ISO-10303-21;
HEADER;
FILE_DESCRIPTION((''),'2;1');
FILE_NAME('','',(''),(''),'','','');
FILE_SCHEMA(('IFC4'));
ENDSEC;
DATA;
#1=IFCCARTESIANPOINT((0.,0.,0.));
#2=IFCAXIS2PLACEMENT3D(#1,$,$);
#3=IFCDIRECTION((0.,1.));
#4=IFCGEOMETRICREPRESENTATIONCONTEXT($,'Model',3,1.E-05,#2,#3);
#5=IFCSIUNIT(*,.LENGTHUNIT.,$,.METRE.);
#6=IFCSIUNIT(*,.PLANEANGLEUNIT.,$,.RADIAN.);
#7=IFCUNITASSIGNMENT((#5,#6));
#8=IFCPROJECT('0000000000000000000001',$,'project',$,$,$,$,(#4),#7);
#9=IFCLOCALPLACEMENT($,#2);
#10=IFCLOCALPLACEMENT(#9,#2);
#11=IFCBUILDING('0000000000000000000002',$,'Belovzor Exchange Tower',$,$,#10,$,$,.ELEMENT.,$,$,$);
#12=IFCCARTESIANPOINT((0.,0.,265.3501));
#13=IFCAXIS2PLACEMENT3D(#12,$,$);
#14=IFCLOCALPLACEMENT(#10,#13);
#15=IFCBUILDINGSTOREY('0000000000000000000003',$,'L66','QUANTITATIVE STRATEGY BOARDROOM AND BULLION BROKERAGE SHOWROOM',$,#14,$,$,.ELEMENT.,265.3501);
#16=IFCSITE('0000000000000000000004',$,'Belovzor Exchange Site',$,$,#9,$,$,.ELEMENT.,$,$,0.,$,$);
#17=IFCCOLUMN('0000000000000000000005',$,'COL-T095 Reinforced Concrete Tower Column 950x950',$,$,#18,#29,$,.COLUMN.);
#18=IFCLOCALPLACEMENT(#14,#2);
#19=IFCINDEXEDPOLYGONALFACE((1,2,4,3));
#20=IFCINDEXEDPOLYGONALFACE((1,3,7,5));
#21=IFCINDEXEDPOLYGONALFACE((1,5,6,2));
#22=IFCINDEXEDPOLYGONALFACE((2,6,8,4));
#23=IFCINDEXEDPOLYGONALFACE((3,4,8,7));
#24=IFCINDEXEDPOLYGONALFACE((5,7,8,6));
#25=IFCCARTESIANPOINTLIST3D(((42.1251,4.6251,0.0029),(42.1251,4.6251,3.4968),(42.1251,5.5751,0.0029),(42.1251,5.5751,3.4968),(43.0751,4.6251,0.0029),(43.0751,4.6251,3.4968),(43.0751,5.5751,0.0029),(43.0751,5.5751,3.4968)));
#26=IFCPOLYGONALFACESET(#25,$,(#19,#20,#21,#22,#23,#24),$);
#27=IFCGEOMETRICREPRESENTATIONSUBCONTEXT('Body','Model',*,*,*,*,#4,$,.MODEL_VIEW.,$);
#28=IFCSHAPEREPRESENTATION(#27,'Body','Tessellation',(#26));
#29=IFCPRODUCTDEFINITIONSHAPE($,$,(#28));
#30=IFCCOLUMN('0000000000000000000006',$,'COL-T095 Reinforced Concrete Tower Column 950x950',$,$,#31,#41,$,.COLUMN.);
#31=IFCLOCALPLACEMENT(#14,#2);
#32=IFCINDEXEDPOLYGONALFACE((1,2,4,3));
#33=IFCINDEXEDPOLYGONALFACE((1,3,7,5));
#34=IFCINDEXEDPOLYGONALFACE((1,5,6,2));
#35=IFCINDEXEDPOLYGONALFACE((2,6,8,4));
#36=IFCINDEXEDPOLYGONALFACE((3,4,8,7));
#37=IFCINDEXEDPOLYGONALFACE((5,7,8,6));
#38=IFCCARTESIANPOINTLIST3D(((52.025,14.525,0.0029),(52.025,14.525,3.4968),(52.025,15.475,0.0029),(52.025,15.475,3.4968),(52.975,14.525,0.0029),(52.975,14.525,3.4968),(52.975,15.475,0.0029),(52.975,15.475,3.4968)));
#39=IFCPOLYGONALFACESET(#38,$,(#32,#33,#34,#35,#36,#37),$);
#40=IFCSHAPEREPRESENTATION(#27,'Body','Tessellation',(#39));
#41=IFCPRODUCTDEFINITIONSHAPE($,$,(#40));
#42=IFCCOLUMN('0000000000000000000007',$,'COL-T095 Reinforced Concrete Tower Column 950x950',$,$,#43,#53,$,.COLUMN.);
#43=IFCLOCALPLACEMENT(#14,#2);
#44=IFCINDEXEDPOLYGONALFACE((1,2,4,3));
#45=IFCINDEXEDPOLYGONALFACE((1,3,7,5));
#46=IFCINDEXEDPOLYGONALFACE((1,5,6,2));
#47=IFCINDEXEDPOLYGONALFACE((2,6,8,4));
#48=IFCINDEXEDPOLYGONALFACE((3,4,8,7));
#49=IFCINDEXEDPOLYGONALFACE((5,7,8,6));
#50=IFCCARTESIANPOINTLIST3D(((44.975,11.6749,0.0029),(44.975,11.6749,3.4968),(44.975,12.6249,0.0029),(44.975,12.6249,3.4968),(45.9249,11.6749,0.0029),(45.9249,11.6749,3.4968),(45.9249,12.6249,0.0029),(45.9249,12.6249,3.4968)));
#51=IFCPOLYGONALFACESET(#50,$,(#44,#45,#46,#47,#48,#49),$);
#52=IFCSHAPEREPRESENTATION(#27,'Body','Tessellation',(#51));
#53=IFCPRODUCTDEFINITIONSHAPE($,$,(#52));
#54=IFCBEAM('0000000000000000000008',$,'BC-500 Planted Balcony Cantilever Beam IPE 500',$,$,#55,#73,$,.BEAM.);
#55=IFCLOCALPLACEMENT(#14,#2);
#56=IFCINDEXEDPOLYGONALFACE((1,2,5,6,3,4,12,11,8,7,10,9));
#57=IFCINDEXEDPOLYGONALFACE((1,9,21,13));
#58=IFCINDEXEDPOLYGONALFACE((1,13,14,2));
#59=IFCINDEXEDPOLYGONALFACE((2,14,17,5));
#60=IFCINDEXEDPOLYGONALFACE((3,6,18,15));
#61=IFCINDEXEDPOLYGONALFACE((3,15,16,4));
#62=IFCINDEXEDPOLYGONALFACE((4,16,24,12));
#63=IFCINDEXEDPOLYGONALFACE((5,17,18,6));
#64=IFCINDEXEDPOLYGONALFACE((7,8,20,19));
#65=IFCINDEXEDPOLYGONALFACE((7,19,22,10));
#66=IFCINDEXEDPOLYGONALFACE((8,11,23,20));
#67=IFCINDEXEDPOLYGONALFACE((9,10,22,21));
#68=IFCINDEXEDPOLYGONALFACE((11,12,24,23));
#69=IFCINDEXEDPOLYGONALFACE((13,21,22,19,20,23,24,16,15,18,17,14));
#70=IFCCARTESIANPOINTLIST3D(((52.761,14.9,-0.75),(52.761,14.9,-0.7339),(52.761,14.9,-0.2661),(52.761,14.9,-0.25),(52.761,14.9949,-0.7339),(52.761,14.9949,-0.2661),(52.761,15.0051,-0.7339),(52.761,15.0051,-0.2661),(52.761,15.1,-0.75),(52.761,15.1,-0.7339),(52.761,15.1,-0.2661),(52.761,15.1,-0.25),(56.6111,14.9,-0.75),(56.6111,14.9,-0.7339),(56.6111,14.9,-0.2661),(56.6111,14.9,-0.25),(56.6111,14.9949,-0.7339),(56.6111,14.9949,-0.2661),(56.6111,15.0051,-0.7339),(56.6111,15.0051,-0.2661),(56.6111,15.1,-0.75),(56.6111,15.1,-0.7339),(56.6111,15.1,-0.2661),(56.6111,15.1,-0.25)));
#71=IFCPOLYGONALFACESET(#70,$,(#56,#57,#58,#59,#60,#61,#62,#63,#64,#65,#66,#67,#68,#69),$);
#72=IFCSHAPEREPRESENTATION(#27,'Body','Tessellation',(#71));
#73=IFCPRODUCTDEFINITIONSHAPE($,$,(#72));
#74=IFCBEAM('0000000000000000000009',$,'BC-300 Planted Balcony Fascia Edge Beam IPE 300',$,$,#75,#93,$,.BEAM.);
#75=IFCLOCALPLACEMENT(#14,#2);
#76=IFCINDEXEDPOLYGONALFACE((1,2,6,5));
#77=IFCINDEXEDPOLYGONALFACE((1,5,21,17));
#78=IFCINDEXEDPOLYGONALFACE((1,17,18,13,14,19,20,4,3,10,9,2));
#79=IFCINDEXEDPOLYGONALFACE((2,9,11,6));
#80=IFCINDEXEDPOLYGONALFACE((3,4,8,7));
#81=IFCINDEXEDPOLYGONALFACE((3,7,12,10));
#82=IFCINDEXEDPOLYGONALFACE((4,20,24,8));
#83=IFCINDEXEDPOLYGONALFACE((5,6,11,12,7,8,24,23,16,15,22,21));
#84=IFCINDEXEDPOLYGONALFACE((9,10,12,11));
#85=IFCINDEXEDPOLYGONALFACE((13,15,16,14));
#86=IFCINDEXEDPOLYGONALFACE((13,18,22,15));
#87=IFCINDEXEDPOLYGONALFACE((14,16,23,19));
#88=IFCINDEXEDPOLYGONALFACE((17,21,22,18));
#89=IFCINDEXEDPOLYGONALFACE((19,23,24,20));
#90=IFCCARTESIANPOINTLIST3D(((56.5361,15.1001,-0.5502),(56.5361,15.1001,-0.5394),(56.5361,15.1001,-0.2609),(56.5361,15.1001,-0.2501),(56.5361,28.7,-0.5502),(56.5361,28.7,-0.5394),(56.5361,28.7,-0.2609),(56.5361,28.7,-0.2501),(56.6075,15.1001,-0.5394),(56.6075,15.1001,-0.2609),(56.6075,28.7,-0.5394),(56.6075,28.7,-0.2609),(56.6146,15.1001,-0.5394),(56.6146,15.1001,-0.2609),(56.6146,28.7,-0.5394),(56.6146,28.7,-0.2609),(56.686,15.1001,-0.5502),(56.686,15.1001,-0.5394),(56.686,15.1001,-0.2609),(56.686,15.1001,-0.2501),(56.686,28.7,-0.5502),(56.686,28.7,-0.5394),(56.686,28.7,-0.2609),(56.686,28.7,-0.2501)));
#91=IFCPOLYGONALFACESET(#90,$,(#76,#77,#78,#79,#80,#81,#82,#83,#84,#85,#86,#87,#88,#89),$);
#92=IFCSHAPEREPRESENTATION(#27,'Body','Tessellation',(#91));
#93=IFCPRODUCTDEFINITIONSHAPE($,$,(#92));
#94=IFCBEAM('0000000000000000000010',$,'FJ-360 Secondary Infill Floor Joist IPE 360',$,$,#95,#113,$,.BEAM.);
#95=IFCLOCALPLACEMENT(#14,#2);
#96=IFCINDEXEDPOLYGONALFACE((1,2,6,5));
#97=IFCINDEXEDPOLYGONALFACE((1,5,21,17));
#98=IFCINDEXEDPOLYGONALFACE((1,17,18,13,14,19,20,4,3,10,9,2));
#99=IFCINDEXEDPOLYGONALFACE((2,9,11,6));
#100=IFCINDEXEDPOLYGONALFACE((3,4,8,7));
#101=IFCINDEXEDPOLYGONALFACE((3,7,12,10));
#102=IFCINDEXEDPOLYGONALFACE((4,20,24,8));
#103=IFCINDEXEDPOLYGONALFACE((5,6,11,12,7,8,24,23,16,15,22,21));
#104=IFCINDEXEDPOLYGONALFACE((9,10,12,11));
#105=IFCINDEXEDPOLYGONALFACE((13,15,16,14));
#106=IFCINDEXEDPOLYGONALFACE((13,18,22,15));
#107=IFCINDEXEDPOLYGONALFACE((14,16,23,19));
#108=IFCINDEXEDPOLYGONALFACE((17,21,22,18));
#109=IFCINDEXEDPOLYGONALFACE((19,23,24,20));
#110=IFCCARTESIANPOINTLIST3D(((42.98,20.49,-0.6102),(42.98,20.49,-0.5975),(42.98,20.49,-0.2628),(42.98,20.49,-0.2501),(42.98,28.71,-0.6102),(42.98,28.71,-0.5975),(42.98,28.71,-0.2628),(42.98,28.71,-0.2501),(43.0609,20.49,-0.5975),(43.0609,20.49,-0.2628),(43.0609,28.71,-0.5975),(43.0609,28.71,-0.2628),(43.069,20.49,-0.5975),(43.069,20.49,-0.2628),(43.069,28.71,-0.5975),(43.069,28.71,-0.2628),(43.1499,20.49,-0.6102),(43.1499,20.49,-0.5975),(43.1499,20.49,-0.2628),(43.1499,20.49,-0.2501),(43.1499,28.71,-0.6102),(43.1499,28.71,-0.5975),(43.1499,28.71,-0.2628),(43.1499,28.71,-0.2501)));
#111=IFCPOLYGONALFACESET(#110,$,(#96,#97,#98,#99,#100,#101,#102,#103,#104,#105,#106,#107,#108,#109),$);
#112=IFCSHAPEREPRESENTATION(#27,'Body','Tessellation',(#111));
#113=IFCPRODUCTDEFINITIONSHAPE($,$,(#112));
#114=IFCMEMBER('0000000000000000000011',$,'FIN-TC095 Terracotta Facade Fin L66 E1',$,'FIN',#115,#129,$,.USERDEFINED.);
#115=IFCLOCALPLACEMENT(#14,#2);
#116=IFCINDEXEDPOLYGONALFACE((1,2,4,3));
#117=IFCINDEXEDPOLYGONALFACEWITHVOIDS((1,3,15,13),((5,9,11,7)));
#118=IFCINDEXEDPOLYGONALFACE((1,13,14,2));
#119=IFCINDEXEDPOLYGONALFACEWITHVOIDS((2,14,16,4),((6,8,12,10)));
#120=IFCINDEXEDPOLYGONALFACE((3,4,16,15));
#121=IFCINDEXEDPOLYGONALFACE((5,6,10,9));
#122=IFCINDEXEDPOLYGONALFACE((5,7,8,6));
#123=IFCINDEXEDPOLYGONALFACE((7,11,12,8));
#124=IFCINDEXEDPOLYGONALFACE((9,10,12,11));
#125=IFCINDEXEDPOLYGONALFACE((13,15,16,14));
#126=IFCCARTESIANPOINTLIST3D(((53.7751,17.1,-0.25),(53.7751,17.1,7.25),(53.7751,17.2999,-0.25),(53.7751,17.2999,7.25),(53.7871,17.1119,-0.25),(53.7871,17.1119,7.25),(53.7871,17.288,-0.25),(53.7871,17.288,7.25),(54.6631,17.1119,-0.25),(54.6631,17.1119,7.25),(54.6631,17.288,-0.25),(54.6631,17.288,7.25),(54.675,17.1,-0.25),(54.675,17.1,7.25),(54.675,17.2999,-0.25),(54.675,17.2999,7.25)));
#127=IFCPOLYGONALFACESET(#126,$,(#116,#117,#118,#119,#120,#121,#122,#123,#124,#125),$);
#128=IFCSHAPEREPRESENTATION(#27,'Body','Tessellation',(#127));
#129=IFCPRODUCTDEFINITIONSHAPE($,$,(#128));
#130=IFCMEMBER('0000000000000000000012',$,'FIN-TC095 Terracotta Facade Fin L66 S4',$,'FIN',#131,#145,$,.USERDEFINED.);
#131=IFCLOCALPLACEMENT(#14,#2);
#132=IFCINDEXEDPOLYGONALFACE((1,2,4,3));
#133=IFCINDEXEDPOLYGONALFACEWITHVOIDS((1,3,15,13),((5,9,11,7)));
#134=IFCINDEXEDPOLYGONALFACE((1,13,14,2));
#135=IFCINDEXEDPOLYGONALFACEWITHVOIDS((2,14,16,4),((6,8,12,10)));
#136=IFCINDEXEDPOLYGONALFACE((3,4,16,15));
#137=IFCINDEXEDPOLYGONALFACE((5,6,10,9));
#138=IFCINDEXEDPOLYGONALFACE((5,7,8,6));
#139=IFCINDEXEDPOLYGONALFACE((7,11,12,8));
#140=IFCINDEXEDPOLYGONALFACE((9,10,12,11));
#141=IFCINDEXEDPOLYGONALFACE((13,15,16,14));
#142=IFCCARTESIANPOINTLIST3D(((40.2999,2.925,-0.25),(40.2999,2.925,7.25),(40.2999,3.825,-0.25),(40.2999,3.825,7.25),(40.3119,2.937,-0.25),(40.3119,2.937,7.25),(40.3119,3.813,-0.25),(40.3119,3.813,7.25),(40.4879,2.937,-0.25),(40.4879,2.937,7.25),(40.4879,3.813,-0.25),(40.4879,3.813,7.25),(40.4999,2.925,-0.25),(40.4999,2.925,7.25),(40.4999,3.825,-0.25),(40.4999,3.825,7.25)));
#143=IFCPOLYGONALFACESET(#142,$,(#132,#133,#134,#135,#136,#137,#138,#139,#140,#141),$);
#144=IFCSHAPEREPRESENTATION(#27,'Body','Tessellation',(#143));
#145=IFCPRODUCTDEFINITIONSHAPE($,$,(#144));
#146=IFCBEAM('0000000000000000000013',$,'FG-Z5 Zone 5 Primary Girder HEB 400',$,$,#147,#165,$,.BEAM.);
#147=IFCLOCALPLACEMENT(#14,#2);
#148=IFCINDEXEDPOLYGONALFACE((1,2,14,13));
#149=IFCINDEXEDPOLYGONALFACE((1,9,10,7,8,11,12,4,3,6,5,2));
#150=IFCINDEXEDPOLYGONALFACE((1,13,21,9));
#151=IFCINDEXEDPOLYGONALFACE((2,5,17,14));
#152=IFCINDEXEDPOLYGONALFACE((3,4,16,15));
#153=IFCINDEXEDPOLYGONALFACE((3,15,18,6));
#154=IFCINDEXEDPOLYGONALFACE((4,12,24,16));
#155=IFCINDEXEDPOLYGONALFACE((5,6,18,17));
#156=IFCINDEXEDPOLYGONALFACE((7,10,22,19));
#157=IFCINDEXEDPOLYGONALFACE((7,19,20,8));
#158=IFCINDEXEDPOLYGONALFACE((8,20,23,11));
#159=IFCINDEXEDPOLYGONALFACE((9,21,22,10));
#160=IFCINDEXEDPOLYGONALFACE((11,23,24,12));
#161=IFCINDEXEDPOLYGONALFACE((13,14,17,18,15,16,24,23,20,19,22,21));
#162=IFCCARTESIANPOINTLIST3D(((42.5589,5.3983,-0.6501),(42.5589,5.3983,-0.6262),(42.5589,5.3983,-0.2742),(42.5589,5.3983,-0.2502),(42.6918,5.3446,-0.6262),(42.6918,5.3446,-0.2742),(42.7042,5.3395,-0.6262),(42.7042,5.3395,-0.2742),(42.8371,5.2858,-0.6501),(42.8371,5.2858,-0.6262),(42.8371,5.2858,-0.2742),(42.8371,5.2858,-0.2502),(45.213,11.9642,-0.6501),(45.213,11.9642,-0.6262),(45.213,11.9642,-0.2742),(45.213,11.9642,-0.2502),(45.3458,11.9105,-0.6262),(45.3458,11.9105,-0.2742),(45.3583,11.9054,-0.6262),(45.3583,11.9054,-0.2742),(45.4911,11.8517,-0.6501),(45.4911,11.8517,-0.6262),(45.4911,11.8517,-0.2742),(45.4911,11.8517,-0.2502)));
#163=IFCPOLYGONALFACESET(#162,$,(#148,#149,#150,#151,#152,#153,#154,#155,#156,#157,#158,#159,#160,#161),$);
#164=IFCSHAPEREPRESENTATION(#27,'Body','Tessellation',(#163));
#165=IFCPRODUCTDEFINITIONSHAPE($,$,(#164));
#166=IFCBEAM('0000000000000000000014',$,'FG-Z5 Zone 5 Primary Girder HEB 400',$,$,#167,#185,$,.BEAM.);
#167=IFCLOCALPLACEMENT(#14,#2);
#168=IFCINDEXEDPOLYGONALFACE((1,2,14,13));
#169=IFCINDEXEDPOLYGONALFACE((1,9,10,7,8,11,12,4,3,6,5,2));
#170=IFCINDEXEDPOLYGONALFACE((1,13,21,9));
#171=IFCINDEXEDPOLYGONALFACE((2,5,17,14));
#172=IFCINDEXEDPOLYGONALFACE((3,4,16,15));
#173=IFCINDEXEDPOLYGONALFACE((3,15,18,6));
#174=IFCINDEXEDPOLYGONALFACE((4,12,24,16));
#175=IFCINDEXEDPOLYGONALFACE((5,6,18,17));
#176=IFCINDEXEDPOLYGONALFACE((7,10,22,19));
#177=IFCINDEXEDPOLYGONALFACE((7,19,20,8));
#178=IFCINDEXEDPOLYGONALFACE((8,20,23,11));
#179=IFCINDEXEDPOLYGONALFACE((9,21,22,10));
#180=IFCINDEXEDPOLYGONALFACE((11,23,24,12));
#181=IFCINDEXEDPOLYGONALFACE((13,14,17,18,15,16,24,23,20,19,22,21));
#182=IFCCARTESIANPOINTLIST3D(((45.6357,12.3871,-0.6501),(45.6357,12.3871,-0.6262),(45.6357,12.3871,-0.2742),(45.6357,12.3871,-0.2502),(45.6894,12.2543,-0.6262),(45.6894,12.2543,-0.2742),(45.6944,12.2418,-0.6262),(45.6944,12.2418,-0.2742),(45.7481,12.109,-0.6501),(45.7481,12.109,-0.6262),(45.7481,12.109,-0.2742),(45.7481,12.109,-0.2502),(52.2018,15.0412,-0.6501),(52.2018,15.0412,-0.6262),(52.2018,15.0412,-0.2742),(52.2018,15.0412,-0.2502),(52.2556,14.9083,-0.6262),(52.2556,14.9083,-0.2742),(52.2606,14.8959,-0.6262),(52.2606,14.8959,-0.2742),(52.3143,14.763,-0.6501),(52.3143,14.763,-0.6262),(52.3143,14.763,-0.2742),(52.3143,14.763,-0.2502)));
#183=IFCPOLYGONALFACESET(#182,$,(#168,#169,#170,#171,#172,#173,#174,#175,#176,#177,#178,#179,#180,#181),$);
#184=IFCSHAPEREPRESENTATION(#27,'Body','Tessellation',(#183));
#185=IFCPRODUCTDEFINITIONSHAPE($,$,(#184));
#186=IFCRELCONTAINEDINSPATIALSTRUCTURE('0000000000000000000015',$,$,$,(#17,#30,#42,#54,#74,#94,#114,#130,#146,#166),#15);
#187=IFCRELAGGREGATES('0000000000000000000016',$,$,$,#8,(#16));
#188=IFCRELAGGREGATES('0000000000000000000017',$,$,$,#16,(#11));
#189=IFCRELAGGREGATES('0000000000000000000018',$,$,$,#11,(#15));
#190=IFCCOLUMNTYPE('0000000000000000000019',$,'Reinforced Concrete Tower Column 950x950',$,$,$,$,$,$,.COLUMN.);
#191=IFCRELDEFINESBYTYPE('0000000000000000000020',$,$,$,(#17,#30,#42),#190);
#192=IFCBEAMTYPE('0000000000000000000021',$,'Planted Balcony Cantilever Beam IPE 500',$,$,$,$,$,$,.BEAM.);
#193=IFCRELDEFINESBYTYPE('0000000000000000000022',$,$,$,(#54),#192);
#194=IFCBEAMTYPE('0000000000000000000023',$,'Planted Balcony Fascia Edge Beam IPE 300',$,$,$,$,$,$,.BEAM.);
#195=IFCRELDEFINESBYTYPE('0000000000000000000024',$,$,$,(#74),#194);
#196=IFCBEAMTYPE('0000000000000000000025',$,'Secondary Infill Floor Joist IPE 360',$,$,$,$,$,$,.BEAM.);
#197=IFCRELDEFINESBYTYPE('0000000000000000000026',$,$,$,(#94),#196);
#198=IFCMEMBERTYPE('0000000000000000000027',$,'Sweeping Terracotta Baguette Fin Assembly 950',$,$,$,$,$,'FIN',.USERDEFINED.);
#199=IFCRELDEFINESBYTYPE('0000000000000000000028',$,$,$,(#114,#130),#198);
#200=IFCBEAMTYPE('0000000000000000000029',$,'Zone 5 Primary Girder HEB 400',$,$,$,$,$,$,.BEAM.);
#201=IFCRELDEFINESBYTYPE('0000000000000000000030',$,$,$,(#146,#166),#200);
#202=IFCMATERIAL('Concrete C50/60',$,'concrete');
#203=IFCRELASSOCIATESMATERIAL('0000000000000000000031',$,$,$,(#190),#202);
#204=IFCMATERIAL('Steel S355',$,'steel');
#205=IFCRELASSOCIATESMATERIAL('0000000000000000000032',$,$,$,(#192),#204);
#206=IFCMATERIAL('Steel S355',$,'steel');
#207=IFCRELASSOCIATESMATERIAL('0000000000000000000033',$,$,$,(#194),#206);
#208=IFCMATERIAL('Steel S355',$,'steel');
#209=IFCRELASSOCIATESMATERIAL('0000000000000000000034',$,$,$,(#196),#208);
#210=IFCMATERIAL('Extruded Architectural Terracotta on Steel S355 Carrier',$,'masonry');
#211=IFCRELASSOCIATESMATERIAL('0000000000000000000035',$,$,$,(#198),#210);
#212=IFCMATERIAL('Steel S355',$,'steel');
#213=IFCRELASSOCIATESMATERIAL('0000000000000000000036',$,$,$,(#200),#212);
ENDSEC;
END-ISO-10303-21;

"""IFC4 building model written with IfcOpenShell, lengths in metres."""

from ifc_helpers import new_model, si_unit, direction, frame, origin, origin_2d, place, context, subcontext, project, spatial, rectangle, hollow_rectangle, i_section, extrude, material, material_profile, profile_set, type_object, element, save


model = new_model("IFC4")

# Units and contexts
model_context = context("Model", 3, precision=1e-05, world=origin(), true_north=direction((0.0, 1.0)))
body_context = subcontext(model_context, "Body", "Model", "MODEL_VIEW")
ifc_project = project(units=[si_unit("LENGTHUNIT", "METRE"), si_unit("PLANEANGLEUNIT", "RADIAN")], contexts=[model_context])

# Site, building, storey
site_placement = place(None, origin())
site = spatial("IfcSite", under=ifc_project, at=site_placement, Name="Belovzor Exchange Site", CompositionType="ELEMENT", RefElevation=0.0)
building_placement = place(site_placement, origin())
building = spatial("IfcBuilding", under=site, at=building_placement, Name="Belovzor Exchange Tower", CompositionType="ELEMENT")
storey_placement = place(building_placement, frame((0.0, 0.0, 265.3501)))
storey = spatial("IfcBuildingStorey", under=building, at=storey_placement, Name="L66", Description="QUANTITATIVE STRATEGY BOARDROOM AND BULLION BROKERAGE SHOWROOM", CompositionType="ELEMENT", Elevation=265.3501)

# Columns
ifc_material_1 = material(Name="Concrete C50/60", Category="concrete")
ifc_material_profile_1 = material_profile(ifc_material_1, rectangle(XDim=0.95, YDim=0.95, at=origin_2d()))
ifc_profile_set_1 = profile_set([ifc_material_profile_1], Name="Concrete C50/60")
column_type = type_object("IfcColumnType", Name="Reinforced Concrete Tower Column 950x950", PredefinedType="COLUMN", material=ifc_profile_set_1)
for number, where, z_axis, x_axis, name in (
    (1, (42.6001, 5.1001, 0.0029), (0.0, 0.0, 1.0), (1.0, 0.0, 0.0), "COL-T095 Reinforced Concrete Tower Column 950x950"),
    (2, (52.5, 15.0, 0.0029), (0.0, 0.0, 1.0), (1.0, 0.0, 0.0), "COL-T095 Reinforced Concrete Tower Column 950x950"),
    (3, (45.45, 12.1499, 0.0029), (0.0, 0.0, 1.0), (1.0, 0.0, 0.0), "COL-T095 Reinforced Concrete Tower Column 950x950"),
):
    element("IfcColumn", number, at=place(storey_placement, frame(where, z_axis=z_axis, x_axis=x_axis)), inside=storey, type_object=column_type, Name=name, PredefinedType="COLUMN", context=body_context, shape_type="SweptSolid", body=[
        extrude(rectangle(XDim=0.95, YDim=0.95, at=origin_2d()), origin(), (0.0, 0.0, 1.0), 3.4939),
    ])

# Beams
ifc_material_2 = material(Name="Steel S355", Category="steel")
ifc_material_profile_2 = material_profile(ifc_material_2, i_section(OverallWidth=0.2, OverallDepth=0.5, WebThickness=0.0103, FlangeThickness=0.0161, at=origin_2d()))
ifc_profile_set_2 = profile_set([ifc_material_profile_2], Name="Steel S355")
beam_type_1 = type_object("IfcBeamType", Name="Planted Balcony Cantilever Beam IPE 500", PredefinedType="BEAM", material=ifc_profile_set_2)
beam_1_placement = place(storey_placement, frame((52.761, 15.0, -0.5), z_axis=(1.0, 0.0, 0.0), x_axis=(0.0, 1.0, 0.0)))
element("IfcBeam", 4, at=beam_1_placement, inside=storey, type_object=beam_type_1, Name="BC-500 Planted Balcony Cantilever Beam IPE 500", PredefinedType="BEAM", context=body_context, shape_type="SweptSolid", body=[
    extrude(i_section(OverallWidth=0.2, OverallDepth=0.5, WebThickness=0.0103, FlangeThickness=0.0161, at=origin_2d()), origin(), (0.0, 0.0, 1.0), 3.8501),
])
ifc_material_3 = material(Name="Steel S355", Category="steel")
ifc_material_profile_3 = material_profile(ifc_material_3, i_section(OverallWidth=0.1499, OverallDepth=0.3, WebThickness=0.0071, FlangeThickness=0.0107, at=origin_2d()))
ifc_profile_set_3 = profile_set([ifc_material_profile_3], Name="Steel S355")
beam_type_2 = type_object("IfcBeamType", Name="Planted Balcony Fascia Edge Beam IPE 300", PredefinedType="BEAM", material=ifc_profile_set_3)
beam_2_placement = place(storey_placement, frame((56.6111, 15.1001, -0.4001), z_axis=(0.0, 1.0, 0.0), x_axis=(-1.0, 0.0, 0.0)))
element("IfcBeam", 5, at=beam_2_placement, inside=storey, type_object=beam_type_2, Name="BC-300 Planted Balcony Fascia Edge Beam IPE 300", PredefinedType="BEAM", context=body_context, shape_type="SweptSolid", body=[
    extrude(i_section(OverallWidth=0.1499, OverallDepth=0.3, WebThickness=0.0071, FlangeThickness=0.0107, at=origin_2d()), origin(), (0.0, 0.0, 1.0), 13.5999),
])
ifc_material_4 = material(Name="Steel S355", Category="steel")
ifc_material_profile_4 = material_profile(ifc_material_4, i_section(OverallWidth=0.1699, OverallDepth=0.3601, WebThickness=0.0081, FlangeThickness=0.0127, at=origin_2d()))
ifc_profile_set_4 = profile_set([ifc_material_profile_4], Name="Steel S355")
beam_type_3 = type_object("IfcBeamType", Name="Secondary Infill Floor Joist IPE 360", PredefinedType="BEAM", material=ifc_profile_set_4)
beam_3_placement = place(storey_placement, frame((43.0649, 20.49, -0.4302), z_axis=(0.0, 1.0, 0.0), x_axis=(-1.0, 0.0, 0.0)))
element("IfcBeam", 6, at=beam_3_placement, inside=storey, type_object=beam_type_3, Name="FJ-360 Secondary Infill Floor Joist IPE 360", PredefinedType="BEAM", context=body_context, shape_type="SweptSolid", body=[
    extrude(i_section(OverallWidth=0.1699, OverallDepth=0.3601, WebThickness=0.0081, FlangeThickness=0.0127, at=origin_2d()), origin(), (0.0, 0.0, 1.0), 8.22),
])

# Members
ifc_material_5 = material(Name="Extruded Architectural Terracotta on Steel S355 Carrier", Category="masonry")
ifc_material_profile_5 = material_profile(ifc_material_5, hollow_rectangle(XDim=0.2, YDim=0.8999, WallThickness=0.012, at=origin_2d()))
ifc_profile_set_5 = profile_set([ifc_material_profile_5], Name="Extruded Architectural Terracotta on Steel S355 Carrier")
member_type = type_object("IfcMemberType", Name="Sweeping Terracotta Baguette Fin Assembly 950", ElementType="FIN", PredefinedType="USERDEFINED", material=ifc_profile_set_5)
for number, where, z_axis, x_axis, name in (
    (7, (54.2251, 17.2, -0.25), (0.0, 0.0, 1.0), (0.0, 1.0, 0.0), "FIN-TC095 Terracotta Facade Fin L66 E1"),
    (8, (40.3999, 3.375, -0.25), (0.0, 0.0, 1.0), (1.0, 0.0, 0.0), "FIN-TC095 Terracotta Facade Fin L66 S4"),
):
    element("IfcMember", number, at=place(storey_placement, frame(where, z_axis=z_axis, x_axis=x_axis)), inside=storey, type_object=member_type, Name=name, ObjectType="FIN", PredefinedType="USERDEFINED", context=body_context, shape_type="SweptSolid", body=[
        extrude(hollow_rectangle(XDim=0.2, YDim=0.8999, WallThickness=0.012, at=origin_2d()), origin(), (0.0, 0.0, 1.0), 7.5),
    ])

# Beams
ifc_material_6 = material(Name="Steel S355", Category="steel")
ifc_material_profile_6 = material_profile(ifc_material_6, i_section(OverallWidth=0.3, OverallDepth=0.3999, WebThickness=0.0134, FlangeThickness=0.0239, at=origin_2d()))
ifc_profile_set_6 = profile_set([ifc_material_profile_6], Name="Steel S355")
beam_type_4 = type_object("IfcBeamType", Name="Zone 5 Primary Girder HEB 400", PredefinedType="BEAM", material=ifc_profile_set_6)
beam_4_placement = place(storey_placement, frame((42.698, 5.342, -0.4502), z_axis=(0.374758, 0.927123, 0.0), x_axis=(-0.927123, 0.374758, 0.0)))
element("IfcBeam", 9, at=beam_4_placement, inside=storey, type_object=beam_type_4, Name="FG-Z5 Zone 5 Primary Girder HEB 400", PredefinedType="BEAM", context=body_context, shape_type="SweptSolid", body=[
    extrude(i_section(OverallWidth=0.3, OverallDepth=0.3999, WebThickness=0.0134, FlangeThickness=0.0239, at=origin_2d()), origin(), (0.0, 0.0, 1.0), 7.082),
])
beam_5_placement = place(storey_placement, frame((45.6919, 12.248, -0.4502), z_axis=(0.927127, 0.374746, 0.0), x_axis=(-0.374746, 0.927127, 0.0)))
element("IfcBeam", 10, at=beam_5_placement, inside=storey, type_object=beam_type_4, Name="FG-Z5 Zone 5 Primary Girder HEB 400", PredefinedType="BEAM", context=body_context, shape_type="SweptSolid", body=[
    extrude(i_section(OverallWidth=0.3, OverallDepth=0.3999, WebThickness=0.0134, FlangeThickness=0.0239, at=origin_2d()), origin(), (0.0, 0.0, 1.0), 7.0823),
])

save(model, "model.ifc")
